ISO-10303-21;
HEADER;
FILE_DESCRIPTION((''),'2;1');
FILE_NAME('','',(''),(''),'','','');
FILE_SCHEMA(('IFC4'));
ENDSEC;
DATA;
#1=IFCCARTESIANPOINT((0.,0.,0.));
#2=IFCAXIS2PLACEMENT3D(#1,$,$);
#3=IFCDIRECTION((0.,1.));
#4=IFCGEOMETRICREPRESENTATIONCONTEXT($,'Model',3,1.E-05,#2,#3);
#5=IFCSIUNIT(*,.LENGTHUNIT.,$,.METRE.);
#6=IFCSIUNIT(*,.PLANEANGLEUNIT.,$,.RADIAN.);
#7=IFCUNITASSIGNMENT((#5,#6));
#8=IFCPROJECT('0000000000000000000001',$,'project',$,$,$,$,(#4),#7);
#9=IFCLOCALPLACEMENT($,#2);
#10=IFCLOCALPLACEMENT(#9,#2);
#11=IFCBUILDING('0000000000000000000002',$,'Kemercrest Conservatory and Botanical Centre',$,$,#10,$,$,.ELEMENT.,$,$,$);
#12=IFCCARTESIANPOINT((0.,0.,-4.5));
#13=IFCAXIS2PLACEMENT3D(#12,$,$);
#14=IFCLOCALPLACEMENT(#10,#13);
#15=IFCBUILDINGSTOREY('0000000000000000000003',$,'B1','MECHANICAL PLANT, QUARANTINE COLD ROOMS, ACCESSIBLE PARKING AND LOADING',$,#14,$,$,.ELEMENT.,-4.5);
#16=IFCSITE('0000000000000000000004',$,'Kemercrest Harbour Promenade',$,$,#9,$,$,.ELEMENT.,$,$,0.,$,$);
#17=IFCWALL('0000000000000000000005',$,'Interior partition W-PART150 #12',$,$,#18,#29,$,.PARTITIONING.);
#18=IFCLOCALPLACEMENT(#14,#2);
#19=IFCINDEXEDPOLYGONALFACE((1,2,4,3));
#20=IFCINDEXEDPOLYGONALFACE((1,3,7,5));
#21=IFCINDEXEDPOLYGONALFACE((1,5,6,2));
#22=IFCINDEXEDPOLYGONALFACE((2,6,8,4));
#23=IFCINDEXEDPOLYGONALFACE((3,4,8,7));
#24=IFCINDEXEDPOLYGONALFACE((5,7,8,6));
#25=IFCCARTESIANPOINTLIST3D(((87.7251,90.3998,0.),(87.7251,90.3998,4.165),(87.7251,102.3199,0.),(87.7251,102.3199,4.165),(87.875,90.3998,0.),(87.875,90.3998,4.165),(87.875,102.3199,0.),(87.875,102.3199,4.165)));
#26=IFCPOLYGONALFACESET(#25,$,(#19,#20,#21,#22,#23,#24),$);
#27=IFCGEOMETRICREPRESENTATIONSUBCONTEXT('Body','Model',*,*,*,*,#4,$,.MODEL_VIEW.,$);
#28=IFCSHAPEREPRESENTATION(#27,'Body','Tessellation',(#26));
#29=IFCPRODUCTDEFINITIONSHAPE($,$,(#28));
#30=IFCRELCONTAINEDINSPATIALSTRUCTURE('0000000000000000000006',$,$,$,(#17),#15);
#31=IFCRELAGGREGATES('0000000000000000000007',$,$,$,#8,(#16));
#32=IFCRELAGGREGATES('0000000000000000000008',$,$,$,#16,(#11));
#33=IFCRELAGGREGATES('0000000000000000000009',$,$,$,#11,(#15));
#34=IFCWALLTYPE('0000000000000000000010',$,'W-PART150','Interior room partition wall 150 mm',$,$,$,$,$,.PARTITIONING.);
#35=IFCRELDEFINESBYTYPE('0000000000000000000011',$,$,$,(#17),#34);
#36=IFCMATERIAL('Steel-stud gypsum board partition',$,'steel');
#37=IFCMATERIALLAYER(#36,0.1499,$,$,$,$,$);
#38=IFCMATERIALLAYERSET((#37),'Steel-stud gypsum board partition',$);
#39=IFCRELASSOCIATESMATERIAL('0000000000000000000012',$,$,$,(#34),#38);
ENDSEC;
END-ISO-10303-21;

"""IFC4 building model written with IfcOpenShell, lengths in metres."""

from ifc_helpers import new_model, si_unit, direction, frame, frame_2d, origin, place, context, subcontext, project, spatial, rectangle, extrude, material, layer, layer_set, type_object, element, save


model = new_model("IFC4")

# Units and contexts
model_context = context("Model", 3, precision=1e-05, world=origin(), true_north=direction((0.0, 1.0)))
body_context = subcontext(model_context, "Body", "Model", "MODEL_VIEW")
ifc_project = project(units=[si_unit("LENGTHUNIT", "METRE"), si_unit("PLANEANGLEUNIT", "RADIAN")], contexts=[model_context])

# Site, building, storey
site_placement = place(None, origin())
site = spatial("IfcSite", under=ifc_project, at=site_placement, Name="Kemercrest Harbour Promenade", CompositionType="ELEMENT", RefElevation=0.0)
building_placement = place(site_placement, origin())
building = spatial("IfcBuilding", under=site, at=building_placement, Name="Kemercrest Conservatory and Botanical Centre", CompositionType="ELEMENT")
storey_placement = place(building_placement, frame((0.0, 0.0, -4.5)))
storey = spatial("IfcBuildingStorey", under=building, at=storey_placement, Name="B1", Description="MECHANICAL PLANT, QUARANTINE COLD ROOMS, ACCESSIBLE PARKING AND LOADING", CompositionType="ELEMENT", Elevation=-4.5)

# Shared definitions
ifc_material_1 = material(Name="Steel-stud gypsum board partition", Category="steel")
ifc_layer = layer(ifc_material_1, 0.1499)
ifc_layer_set = layer_set([ifc_layer], Name="Steel-stud gypsum board partition")
wall_type = type_object("IfcWallType", Name="W-PART150", Description="Interior room partition wall 150 mm", PredefinedType="PARTITIONING", material=ifc_layer_set)

# Wall
wall_1_placement = place(storey_placement, frame((87.8, 90.3999, 0.0), z_axis=(0.0, 0.0, 1.0), x_axis=(0.0, 1.0, 0.0)))
element("IfcWall", 1, at=wall_1_placement, inside=storey, type_object=wall_type, Name="Interior partition W-PART150 #12", PredefinedType="PARTITIONING", context=body_context, shape_type="SweptSolid", body=[
    extrude(rectangle(XDim=11.9202, YDim=0.1499, at=frame_2d((5.96, 0.0))), origin(), (0.0, 0.0, 1.0), 4.165),
])

save(model, "model.ifc")
